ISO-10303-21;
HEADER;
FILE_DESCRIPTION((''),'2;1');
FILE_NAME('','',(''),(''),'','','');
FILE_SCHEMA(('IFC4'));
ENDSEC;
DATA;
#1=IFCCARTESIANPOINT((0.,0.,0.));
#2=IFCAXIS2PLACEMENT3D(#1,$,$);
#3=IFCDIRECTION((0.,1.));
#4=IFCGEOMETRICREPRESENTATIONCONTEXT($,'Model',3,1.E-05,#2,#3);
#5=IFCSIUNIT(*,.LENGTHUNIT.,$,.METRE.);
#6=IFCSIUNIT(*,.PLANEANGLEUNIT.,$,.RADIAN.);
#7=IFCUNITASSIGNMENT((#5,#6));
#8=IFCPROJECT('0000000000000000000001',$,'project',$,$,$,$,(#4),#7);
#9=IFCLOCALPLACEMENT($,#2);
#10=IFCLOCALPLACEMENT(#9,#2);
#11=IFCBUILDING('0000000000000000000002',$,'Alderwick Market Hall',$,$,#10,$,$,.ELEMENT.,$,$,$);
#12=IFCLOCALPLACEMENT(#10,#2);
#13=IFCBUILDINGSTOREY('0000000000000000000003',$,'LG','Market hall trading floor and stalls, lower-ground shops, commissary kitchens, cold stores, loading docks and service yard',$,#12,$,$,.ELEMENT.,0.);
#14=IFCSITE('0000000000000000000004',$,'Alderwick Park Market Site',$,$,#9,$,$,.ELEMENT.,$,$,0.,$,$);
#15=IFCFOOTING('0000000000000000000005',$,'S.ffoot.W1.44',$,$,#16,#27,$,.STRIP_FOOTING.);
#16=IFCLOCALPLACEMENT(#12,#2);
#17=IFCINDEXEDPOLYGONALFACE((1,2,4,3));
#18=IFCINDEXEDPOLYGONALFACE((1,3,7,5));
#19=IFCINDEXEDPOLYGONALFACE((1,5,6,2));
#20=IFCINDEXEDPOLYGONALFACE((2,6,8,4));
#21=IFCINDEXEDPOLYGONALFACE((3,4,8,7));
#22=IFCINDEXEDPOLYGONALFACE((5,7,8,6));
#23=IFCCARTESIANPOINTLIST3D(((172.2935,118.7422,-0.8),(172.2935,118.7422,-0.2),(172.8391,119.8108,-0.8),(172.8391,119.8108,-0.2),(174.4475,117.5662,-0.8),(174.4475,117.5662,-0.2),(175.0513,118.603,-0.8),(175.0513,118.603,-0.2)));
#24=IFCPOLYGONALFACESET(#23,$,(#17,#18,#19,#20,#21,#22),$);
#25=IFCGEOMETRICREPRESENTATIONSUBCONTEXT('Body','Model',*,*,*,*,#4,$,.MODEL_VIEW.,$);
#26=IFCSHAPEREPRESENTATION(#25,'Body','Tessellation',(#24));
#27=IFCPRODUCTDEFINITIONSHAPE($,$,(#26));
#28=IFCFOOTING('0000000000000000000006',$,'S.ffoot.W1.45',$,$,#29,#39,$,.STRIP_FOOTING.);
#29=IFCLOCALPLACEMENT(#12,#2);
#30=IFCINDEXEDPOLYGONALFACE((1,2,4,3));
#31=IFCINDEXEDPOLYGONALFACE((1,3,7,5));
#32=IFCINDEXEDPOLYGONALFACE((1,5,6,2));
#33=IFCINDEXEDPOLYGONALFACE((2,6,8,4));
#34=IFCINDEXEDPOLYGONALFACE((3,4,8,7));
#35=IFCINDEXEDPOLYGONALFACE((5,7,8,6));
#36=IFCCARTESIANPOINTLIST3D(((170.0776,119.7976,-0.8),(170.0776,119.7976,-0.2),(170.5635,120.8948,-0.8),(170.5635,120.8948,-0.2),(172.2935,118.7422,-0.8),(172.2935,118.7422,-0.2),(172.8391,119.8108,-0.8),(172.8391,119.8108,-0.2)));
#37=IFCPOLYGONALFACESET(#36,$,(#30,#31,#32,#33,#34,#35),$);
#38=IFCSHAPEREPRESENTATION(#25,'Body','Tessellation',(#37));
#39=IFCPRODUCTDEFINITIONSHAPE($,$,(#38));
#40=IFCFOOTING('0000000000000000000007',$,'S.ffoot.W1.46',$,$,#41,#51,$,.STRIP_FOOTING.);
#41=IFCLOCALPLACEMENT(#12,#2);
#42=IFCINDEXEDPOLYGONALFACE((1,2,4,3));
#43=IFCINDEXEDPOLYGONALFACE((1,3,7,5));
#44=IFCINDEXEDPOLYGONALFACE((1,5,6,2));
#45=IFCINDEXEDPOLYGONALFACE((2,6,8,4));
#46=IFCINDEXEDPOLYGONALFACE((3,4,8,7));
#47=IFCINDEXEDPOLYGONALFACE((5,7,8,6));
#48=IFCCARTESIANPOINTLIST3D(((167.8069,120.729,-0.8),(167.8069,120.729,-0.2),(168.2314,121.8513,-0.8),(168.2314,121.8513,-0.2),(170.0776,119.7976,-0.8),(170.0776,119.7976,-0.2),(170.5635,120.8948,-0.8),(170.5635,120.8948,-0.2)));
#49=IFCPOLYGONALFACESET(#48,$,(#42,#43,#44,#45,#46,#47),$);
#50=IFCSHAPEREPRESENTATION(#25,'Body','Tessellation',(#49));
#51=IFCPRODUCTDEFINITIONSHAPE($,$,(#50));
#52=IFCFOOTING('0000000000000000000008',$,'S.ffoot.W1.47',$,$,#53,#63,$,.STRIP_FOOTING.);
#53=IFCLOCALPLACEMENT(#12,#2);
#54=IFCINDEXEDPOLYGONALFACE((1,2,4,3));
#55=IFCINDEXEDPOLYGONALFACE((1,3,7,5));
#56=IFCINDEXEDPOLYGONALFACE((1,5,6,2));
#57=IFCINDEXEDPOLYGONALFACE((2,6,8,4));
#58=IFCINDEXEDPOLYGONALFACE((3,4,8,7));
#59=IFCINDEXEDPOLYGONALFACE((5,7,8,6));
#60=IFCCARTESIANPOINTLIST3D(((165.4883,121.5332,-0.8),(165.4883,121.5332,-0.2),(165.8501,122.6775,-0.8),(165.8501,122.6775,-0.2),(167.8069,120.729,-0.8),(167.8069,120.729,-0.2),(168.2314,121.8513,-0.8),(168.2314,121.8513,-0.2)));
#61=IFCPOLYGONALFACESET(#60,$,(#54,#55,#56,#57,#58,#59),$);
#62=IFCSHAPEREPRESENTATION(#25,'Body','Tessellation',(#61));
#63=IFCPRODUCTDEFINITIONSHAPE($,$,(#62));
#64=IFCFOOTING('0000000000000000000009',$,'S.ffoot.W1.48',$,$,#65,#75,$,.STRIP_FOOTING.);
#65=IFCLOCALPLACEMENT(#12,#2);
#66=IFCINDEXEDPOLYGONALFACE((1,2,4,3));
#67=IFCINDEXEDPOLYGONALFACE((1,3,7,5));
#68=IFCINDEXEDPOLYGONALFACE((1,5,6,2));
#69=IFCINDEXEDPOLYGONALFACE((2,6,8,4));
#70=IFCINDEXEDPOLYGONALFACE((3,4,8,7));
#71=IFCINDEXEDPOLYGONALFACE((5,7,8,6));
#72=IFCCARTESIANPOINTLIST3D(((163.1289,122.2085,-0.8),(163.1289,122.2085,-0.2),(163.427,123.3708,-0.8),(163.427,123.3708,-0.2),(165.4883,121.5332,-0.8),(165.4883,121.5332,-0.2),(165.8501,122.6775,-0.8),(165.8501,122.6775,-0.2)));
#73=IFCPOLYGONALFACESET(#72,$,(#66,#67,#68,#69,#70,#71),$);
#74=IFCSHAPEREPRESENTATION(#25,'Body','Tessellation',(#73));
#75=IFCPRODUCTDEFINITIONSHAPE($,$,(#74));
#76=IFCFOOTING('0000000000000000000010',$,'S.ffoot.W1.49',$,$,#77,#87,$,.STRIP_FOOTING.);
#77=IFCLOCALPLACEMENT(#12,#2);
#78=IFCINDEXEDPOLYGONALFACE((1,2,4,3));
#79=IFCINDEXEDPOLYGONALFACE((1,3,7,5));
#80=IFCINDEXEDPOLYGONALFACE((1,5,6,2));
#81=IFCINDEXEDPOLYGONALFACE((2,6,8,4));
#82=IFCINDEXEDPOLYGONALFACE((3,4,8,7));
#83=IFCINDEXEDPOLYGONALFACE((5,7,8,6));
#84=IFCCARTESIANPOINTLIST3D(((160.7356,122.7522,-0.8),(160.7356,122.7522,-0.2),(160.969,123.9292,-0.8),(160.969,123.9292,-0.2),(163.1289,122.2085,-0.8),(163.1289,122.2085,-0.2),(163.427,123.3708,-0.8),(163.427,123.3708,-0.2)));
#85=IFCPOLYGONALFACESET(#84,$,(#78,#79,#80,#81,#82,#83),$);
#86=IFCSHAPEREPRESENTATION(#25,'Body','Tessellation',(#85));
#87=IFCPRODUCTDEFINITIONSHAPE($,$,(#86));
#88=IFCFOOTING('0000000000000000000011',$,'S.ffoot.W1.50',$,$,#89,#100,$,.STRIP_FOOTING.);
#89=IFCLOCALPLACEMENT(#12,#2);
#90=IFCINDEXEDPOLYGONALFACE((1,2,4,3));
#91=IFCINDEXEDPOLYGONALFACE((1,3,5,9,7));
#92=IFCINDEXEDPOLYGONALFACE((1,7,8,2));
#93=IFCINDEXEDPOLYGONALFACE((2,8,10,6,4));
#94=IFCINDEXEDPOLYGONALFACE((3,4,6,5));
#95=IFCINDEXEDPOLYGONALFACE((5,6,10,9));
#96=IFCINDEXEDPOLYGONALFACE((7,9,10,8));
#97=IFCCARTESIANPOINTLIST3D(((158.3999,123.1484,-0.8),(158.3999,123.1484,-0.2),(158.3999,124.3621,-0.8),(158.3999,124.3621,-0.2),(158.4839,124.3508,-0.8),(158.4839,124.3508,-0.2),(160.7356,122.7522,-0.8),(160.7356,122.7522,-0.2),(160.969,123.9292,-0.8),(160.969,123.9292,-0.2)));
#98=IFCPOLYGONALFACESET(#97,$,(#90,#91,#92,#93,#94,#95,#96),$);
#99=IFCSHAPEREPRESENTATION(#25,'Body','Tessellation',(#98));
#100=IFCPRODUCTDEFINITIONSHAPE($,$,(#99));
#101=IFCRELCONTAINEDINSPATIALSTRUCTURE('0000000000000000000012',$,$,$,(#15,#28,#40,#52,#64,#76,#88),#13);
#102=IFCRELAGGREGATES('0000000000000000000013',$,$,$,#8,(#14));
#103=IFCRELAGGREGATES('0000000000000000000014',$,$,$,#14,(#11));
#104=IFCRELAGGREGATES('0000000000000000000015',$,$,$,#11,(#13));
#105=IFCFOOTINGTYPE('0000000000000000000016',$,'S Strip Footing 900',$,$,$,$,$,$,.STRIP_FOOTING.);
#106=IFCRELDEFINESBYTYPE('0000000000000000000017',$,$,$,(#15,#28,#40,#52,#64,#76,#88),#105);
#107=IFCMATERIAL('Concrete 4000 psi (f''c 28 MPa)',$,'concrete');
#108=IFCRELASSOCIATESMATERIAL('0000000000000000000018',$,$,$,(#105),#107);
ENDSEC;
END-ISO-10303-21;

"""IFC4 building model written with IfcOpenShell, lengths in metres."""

from ifc_helpers import new_model, si_unit, direction, frame, origin, place, context, subcontext, project, spatial, polyline, outline, extrude, material, type_object, element, save


model = new_model("IFC4")

# Units and contexts
model_context = context("Model", 3, precision=1e-05, world=origin(), true_north=direction((0.0, 1.0)))
body_context = subcontext(model_context, "Body", "Model", "MODEL_VIEW")
ifc_project = project(units=[si_unit("LENGTHUNIT", "METRE"), si_unit("PLANEANGLEUNIT", "RADIAN")], contexts=[model_context])

# Site, building, storey
site_placement = place(None, origin())
site = spatial("IfcSite", under=ifc_project, at=site_placement, Name="Alderwick Park Market Site", CompositionType="ELEMENT", RefElevation=0.0)
building_placement = place(site_placement, origin())
building = spatial("IfcBuilding", under=site, at=building_placement, Name="Alderwick Market Hall", CompositionType="ELEMENT")
storey_placement = place(building_placement, origin())
storey = spatial("IfcBuildingStorey", under=building, at=storey_placement, Name="LG", Description="Market hall trading floor and stalls, lower-ground shops, commissary kitchens, cold stores, loading docks and service yard", CompositionType="ELEMENT", Elevation=0.0)

# Footings
ifc_material = material(Name="Concrete 4000 psi (f'c 28 MPa)", Category="concrete")
footing_type_1 = type_object("IfcFootingType", Name="S Strip Footing 900", PredefinedType="STRIP_FOOTING", material=ifc_material)
footing_1_placement = place(storey_placement, frame((0.0, 0.0, -0.8)))
element("IfcFooting", 1, at=footing_1_placement, inside=storey, type_object=footing_type_1, Name="S.ffoot.W1.44", PredefinedType="STRIP_FOOTING", context=body_context, shape_type="SweptSolid", body=[
    extrude(outline(polyline([(175.0513, 118.603), (172.8391, 119.8108), (172.2935, 118.7422), (174.4475, 117.5662), (175.0513, 118.603)])), origin(), (0.0, 0.0, 1.0), 0.6001),
])
footing_2_placement = place(storey_placement, frame((0.0, 0.0, -0.8)))
element("IfcFooting", 2, at=footing_2_placement, inside=storey, type_object=footing_type_1, Name="S.ffoot.W1.45", PredefinedType="STRIP_FOOTING", context=body_context, shape_type="SweptSolid", body=[
    extrude(outline(polyline([(172.8391, 119.8108), (170.5635, 120.8948), (170.0776, 119.7976), (172.2935, 118.7422), (172.8391, 119.8108)])), origin(), (0.0, 0.0, 1.0), 0.6001),
])
footing_3_placement = place(storey_placement, frame((0.0, 0.0, -0.8)))
element("IfcFooting", 3, at=footing_3_placement, inside=storey, type_object=footing_type_1, Name="S.ffoot.W1.46", PredefinedType="STRIP_FOOTING", context=body_context, shape_type="SweptSolid", body=[
    extrude(outline(polyline([(170.5635, 120.8948), (168.2314, 121.8513), (167.8069, 120.729), (170.0776, 119.7976), (170.5635, 120.8948)])), origin(), (0.0, 0.0, 1.0), 0.6001),
])
footing_4_placement = place(storey_placement, frame((0.0, 0.0, -0.8)))
element("IfcFooting", 4, at=footing_4_placement, inside=storey, type_object=footing_type_1, Name="S.ffoot.W1.47", PredefinedType="STRIP_FOOTING", context=body_context, shape_type="SweptSolid", body=[
    extrude(outline(polyline([(168.2314, 121.8513), (165.8501, 122.6775), (165.4883, 121.5332), (167.8069, 120.729), (168.2314, 121.8513)])), origin(), (0.0, 0.0, 1.0), 0.6001),
])
footing_5_placement = place(storey_placement, frame((0.0, 0.0, -0.8)))
element("IfcFooting", 5, at=footing_5_placement, inside=storey, type_object=footing_type_1, Name="S.ffoot.W1.48", PredefinedType="STRIP_FOOTING", context=body_context, shape_type="SweptSolid", body=[
    extrude(outline(polyline([(165.8501, 122.6775), (163.427, 123.3708), (163.1289, 122.2085), (165.4883, 121.5332), (165.8501, 122.6775)])), origin(), (0.0, 0.0, 1.0), 0.6001),
])
footing_6_placement = place(storey_placement, frame((0.0, 0.0, -0.8)))
element("IfcFooting", 6, at=footing_6_placement, inside=storey, type_object=footing_type_1, Name="S.ffoot.W1.49", PredefinedType="STRIP_FOOTING", context=body_context, shape_type="SweptSolid", body=[
    extrude(outline(polyline([(163.427, 123.3708), (160.969, 123.9292), (160.7356, 122.7522), (163.1289, 122.2085), (163.427, 123.3708)])), origin(), (0.0, 0.0, 1.0), 0.6001),
])
footing_7_placement = place(storey_placement, frame((0.0, 0.0, -0.8)))
element("IfcFooting", 7, at=footing_7_placement, inside=storey, type_object=footing_type_1, Name="S.ffoot.W1.50", PredefinedType="STRIP_FOOTING", context=body_context, shape_type="SweptSolid", body=[
    extrude(outline(polyline([(160.969, 123.9292), (158.4839, 124.3508), (158.3999, 124.3621), (158.3999, 123.1484), (160.7356, 122.7522), (160.969, 123.9292)])), origin(), (0.0, 0.0, 1.0), 0.6001),
])

save(model, "model.ifc")
